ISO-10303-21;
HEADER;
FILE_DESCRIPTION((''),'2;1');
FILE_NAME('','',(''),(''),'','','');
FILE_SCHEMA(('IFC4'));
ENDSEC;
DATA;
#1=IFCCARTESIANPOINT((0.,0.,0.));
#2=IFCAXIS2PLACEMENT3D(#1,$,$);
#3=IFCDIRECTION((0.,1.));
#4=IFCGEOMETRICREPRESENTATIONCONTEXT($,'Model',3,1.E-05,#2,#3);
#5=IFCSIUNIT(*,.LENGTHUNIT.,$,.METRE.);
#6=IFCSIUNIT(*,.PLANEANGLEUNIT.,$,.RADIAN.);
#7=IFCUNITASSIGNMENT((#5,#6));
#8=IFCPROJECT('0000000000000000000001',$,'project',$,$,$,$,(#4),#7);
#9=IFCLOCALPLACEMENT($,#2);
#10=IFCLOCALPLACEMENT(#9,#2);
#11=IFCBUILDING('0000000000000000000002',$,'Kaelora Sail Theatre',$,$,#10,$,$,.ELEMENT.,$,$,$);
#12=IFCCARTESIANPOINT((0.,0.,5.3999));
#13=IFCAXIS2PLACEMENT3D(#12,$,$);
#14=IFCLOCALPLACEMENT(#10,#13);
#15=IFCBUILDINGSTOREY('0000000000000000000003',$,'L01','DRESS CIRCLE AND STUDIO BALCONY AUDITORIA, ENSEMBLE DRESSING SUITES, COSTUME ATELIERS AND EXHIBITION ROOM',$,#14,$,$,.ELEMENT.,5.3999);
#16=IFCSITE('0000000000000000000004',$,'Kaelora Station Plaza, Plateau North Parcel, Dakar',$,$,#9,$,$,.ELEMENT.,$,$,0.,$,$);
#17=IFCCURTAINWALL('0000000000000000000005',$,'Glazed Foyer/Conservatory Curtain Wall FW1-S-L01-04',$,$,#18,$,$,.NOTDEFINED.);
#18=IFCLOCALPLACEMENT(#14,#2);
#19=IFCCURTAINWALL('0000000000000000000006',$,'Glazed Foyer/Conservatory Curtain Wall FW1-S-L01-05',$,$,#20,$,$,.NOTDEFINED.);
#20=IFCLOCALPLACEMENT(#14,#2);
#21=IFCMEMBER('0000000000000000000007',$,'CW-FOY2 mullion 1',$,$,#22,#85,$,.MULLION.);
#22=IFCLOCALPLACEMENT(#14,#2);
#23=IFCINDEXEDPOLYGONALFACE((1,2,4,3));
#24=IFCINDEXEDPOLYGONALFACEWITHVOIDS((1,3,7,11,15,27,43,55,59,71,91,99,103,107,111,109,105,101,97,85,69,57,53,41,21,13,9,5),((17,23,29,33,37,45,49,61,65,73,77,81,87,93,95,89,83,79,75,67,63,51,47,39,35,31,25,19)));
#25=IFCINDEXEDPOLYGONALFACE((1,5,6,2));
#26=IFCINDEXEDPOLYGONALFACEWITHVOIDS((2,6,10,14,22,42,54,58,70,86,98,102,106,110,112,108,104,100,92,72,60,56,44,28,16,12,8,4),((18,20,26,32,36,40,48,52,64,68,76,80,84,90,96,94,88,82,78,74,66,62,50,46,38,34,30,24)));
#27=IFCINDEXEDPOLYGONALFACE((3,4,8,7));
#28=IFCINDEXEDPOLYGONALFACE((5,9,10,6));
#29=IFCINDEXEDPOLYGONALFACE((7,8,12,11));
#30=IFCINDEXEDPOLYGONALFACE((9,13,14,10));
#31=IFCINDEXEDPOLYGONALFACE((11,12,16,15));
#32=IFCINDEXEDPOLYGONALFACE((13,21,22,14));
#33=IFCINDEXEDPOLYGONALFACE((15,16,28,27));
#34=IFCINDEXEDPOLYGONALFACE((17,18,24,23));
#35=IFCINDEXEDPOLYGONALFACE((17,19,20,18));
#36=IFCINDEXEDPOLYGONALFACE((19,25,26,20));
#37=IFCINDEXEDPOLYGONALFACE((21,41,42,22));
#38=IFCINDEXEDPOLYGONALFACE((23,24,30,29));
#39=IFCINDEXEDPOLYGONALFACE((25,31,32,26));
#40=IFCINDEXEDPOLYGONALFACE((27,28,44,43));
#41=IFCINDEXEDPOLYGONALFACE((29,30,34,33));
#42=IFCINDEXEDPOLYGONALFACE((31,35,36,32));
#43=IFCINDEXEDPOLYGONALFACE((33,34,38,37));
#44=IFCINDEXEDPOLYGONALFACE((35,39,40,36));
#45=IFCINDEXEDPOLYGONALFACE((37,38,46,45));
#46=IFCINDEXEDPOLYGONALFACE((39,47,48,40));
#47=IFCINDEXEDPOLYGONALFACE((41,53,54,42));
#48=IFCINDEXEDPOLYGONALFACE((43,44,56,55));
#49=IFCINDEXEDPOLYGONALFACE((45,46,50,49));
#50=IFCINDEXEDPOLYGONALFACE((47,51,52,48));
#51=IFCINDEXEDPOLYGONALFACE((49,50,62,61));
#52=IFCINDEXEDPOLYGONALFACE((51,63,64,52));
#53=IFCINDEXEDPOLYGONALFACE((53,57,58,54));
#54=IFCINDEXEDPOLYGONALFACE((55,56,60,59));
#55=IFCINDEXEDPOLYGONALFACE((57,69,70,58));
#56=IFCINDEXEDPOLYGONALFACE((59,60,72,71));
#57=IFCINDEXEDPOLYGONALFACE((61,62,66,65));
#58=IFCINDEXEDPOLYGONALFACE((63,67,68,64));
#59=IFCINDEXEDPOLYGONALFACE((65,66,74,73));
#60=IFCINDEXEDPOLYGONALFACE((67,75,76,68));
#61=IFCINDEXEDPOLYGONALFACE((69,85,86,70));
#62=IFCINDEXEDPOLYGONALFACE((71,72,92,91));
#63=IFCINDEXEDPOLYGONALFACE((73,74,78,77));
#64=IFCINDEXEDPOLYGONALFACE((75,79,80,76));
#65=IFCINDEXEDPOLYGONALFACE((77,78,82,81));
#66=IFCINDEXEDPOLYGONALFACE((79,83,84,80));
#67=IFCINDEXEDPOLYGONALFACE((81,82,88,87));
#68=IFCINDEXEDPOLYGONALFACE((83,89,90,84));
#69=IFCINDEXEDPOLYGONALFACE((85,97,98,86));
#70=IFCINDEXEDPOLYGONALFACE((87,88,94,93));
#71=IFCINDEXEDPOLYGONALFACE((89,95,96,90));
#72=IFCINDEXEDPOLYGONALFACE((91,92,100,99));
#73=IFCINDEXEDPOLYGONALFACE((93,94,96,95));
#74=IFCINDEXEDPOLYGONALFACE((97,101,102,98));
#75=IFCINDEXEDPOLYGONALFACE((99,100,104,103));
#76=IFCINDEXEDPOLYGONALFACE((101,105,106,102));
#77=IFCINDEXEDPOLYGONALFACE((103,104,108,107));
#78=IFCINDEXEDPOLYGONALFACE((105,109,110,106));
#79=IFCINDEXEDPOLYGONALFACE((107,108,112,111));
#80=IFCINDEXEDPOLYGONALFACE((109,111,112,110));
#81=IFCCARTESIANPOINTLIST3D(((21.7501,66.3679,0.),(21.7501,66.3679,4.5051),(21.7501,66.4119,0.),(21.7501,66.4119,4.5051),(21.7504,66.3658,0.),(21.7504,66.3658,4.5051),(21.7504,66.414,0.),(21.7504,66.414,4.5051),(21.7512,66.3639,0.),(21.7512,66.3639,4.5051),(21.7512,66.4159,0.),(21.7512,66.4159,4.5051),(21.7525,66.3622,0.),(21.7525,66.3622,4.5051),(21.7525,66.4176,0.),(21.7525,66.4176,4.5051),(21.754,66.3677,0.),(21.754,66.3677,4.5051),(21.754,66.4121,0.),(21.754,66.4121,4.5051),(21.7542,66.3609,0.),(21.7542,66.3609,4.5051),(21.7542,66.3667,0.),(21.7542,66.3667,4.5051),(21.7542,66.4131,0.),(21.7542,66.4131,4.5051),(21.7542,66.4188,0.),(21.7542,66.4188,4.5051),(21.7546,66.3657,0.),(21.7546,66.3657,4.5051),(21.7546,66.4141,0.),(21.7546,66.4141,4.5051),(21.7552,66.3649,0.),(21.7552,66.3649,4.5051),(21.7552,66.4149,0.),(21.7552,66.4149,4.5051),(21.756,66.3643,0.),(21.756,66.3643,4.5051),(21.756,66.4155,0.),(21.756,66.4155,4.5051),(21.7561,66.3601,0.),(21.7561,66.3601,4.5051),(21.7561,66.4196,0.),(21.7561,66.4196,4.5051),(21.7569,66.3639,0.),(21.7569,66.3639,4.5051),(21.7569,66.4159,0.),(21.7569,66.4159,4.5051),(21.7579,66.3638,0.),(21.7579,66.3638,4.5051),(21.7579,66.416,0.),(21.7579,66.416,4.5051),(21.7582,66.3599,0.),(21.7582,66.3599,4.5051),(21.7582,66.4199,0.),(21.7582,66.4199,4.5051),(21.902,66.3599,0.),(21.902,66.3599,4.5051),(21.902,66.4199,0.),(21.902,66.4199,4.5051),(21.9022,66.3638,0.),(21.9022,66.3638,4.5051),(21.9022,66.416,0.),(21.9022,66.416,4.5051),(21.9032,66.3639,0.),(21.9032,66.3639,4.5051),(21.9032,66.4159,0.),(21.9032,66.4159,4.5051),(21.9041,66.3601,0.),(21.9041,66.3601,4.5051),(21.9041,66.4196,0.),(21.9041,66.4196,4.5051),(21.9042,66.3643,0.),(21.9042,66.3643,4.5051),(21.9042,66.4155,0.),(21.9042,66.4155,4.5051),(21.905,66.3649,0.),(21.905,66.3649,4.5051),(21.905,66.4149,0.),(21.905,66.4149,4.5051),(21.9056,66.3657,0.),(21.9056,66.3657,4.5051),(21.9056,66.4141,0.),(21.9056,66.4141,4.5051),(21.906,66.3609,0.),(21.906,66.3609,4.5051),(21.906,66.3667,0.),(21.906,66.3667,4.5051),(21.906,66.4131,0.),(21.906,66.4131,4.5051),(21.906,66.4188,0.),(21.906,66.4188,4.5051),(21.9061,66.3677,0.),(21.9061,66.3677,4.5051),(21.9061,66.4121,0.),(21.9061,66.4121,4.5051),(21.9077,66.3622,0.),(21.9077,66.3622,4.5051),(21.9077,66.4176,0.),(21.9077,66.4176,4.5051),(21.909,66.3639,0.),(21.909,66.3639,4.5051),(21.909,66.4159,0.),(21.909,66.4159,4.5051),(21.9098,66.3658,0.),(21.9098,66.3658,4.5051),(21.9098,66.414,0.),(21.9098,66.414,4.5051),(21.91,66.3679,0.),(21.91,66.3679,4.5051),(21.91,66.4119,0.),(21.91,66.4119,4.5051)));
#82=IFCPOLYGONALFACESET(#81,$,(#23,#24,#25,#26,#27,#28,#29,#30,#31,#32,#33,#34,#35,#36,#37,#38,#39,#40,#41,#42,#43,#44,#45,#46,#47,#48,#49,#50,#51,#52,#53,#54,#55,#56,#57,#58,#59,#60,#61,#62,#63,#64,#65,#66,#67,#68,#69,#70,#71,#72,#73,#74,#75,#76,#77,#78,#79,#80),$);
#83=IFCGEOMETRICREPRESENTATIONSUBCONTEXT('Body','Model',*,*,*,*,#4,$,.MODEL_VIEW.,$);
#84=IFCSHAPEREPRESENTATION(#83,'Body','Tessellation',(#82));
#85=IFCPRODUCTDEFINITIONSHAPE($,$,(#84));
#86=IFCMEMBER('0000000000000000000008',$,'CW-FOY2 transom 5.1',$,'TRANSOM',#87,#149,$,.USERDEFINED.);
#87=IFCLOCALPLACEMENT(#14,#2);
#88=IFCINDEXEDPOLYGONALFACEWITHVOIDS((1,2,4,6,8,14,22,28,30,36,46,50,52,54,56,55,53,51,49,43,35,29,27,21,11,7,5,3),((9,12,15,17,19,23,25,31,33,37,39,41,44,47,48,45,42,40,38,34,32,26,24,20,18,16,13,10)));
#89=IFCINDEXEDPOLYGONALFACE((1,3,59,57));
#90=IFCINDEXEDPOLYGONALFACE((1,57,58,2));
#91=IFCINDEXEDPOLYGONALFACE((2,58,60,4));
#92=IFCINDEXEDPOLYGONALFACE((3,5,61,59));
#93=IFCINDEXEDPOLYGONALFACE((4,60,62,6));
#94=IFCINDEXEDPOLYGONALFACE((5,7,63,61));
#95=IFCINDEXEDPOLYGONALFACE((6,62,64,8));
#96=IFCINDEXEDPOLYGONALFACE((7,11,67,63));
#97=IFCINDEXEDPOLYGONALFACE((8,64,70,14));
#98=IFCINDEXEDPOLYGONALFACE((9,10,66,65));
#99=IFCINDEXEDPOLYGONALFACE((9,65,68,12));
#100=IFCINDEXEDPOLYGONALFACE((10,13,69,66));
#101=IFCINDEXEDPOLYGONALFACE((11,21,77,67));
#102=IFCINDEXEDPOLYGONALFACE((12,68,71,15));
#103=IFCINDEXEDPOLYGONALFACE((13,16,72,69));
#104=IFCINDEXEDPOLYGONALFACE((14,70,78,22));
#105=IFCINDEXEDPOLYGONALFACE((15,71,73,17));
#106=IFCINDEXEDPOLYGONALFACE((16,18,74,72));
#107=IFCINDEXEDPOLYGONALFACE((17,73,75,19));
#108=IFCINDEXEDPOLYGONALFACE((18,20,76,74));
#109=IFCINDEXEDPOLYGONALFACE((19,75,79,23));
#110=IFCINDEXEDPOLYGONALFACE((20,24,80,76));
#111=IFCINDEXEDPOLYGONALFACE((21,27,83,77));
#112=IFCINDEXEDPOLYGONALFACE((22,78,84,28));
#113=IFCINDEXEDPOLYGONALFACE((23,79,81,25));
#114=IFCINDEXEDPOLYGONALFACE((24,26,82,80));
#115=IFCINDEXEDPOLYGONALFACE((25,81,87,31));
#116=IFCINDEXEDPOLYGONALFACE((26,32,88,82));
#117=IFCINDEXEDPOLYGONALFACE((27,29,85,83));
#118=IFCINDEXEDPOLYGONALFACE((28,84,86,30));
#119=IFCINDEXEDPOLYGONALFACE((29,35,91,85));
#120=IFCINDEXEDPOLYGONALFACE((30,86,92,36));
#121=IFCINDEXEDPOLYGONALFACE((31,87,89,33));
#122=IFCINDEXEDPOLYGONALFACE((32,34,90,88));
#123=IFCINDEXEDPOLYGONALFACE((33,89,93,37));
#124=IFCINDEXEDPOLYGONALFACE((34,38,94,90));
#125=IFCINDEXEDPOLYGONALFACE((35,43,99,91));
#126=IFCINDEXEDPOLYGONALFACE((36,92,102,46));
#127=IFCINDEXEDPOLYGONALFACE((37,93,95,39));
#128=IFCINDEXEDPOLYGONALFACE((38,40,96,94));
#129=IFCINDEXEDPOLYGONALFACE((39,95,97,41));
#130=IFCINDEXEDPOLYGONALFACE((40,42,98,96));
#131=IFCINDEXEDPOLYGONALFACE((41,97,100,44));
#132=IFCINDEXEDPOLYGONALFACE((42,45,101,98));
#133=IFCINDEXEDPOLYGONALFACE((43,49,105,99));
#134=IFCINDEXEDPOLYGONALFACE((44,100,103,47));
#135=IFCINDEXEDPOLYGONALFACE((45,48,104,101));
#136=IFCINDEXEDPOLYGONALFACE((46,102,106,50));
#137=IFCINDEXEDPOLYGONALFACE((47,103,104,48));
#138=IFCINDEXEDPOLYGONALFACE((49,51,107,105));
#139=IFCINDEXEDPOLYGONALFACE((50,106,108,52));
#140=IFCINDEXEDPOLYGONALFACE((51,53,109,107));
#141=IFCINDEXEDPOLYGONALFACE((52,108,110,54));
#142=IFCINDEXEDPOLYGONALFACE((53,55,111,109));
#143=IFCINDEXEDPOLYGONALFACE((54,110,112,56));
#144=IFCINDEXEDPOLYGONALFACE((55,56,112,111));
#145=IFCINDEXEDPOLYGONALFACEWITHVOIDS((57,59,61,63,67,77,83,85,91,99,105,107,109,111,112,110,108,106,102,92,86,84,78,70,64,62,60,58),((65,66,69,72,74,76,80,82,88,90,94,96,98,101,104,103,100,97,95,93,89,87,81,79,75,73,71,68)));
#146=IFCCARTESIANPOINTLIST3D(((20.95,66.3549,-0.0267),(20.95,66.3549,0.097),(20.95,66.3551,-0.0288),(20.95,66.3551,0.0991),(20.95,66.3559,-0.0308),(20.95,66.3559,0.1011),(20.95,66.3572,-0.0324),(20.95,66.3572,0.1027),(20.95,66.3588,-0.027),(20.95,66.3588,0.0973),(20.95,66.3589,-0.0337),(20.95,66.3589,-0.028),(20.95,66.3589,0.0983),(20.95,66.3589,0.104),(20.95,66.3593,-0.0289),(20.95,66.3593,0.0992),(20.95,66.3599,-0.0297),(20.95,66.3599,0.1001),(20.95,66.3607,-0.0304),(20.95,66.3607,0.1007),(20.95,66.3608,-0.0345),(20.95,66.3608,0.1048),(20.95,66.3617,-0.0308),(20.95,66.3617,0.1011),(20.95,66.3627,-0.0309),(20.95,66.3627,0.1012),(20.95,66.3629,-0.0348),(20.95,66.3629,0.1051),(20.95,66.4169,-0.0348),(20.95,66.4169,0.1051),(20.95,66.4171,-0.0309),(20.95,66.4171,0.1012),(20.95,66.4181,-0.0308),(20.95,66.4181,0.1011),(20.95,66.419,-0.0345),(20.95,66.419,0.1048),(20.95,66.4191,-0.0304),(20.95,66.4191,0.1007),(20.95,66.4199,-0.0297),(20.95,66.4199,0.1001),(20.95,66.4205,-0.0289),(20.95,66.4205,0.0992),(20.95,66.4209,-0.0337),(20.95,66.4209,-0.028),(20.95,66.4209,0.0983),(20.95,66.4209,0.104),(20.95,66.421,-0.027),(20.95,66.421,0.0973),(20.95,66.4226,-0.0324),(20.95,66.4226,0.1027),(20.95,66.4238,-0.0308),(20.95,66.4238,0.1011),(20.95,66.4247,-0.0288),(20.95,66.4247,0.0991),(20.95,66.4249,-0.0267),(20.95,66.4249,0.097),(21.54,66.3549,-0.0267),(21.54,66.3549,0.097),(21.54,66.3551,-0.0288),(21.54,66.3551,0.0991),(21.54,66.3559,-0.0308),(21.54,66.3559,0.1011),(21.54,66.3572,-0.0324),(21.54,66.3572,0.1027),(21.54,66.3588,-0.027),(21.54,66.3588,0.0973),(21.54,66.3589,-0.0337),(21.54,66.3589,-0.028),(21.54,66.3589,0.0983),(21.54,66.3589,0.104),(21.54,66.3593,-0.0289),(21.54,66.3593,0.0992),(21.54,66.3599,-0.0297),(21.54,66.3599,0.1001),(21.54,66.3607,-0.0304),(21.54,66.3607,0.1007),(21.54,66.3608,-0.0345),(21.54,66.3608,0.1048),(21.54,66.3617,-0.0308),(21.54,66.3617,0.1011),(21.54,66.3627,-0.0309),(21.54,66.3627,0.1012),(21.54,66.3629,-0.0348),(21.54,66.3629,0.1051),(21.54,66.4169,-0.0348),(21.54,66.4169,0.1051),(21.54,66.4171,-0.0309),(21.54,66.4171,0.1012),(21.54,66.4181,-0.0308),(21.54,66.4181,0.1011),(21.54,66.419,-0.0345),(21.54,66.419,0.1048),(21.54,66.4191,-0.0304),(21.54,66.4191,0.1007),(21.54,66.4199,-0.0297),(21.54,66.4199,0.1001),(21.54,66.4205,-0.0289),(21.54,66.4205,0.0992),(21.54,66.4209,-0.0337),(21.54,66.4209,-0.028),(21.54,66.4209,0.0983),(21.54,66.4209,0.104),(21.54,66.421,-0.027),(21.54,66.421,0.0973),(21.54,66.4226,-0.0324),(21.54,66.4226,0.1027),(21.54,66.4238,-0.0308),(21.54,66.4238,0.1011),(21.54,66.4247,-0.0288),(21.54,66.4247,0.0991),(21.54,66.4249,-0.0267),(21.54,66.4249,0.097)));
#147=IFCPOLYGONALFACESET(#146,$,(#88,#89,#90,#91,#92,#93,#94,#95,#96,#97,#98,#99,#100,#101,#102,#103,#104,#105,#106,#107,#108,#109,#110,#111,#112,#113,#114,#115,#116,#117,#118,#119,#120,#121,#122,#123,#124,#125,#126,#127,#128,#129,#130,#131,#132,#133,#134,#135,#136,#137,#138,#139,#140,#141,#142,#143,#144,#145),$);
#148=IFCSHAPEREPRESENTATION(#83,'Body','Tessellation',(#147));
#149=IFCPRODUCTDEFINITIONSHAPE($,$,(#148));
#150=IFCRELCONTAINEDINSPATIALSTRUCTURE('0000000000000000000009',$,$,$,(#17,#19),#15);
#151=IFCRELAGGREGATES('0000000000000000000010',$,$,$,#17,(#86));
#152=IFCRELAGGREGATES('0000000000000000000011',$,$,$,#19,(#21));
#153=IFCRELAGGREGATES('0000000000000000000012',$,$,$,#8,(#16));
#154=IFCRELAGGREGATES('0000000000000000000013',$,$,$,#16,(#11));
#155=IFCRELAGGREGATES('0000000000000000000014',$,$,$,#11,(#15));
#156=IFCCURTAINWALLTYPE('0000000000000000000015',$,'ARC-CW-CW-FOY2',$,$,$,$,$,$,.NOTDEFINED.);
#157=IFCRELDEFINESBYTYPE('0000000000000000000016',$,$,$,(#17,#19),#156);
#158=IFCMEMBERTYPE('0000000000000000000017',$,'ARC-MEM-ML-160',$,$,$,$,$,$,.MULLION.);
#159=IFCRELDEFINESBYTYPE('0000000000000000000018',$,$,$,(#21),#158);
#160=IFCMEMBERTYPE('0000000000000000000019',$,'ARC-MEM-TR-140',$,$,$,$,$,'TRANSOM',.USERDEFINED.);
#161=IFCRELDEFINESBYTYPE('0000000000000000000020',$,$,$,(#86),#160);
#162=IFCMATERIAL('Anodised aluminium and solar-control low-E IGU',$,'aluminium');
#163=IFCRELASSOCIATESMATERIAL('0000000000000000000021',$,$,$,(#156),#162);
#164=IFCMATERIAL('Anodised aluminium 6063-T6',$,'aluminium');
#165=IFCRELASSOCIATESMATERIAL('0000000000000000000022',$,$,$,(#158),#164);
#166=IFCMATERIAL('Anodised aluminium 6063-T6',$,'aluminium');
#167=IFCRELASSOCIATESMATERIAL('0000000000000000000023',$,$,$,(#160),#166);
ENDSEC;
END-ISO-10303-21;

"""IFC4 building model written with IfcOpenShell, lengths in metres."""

from ifc_helpers import new_model, si_unit, direction, frame, origin, origin_2d, place, context, subcontext, project, spatial, hollow_rectangle, extrude, material, material_profile, profile_set, type_object, element, aggregate, save


model = new_model("IFC4")

# Units and contexts
model_context = context("Model", 3, precision=1e-05, world=origin(), true_north=direction((0.0, 1.0)))
body_context = subcontext(model_context, "Body", "Model", "MODEL_VIEW")
ifc_project = project(units=[si_unit("LENGTHUNIT", "METRE"), si_unit("PLANEANGLEUNIT", "RADIAN")], contexts=[model_context])

# Site, building, storey
site_placement = place(None, origin())
site = spatial("IfcSite", under=ifc_project, at=site_placement, Name="Kaelora Station Plaza, Plateau North Parcel, Dakar", CompositionType="ELEMENT", RefElevation=0.0)
building_placement = place(site_placement, origin())
building = spatial("IfcBuilding", under=site, at=building_placement, Name="Kaelora Sail Theatre", CompositionType="ELEMENT")
storey_placement = place(building_placement, frame((0.0, 0.0, 5.3999)))
storey = spatial("IfcBuildingStorey", under=building, at=storey_placement, Name="L01", Description="DRESS CIRCLE AND STUDIO BALCONY AUDITORIA, ENSEMBLE DRESSING SUITES, COSTUME ATELIERS AND EXHIBITION ROOM", CompositionType="ELEMENT", Elevation=5.3999)

# Curtain wall
ifc_material_1 = material(Name="Anodised aluminium and solar-control low-E IGU", Category="aluminium")
curtain_wall_type = type_object("IfcCurtainWallType", Name="ARC-CW-CW-FOY2", PredefinedType="NOTDEFINED", material=ifc_material_1)
curtain_wall_1_placement = place(storey_placement, origin())
curtain_wall_1 = element("IfcCurtainWall", 1, at=curtain_wall_1_placement, inside=storey, type_object=curtain_wall_type, Name="Glazed Foyer/Conservatory Curtain Wall FW1-S-L01-04", PredefinedType="NOTDEFINED")
ifc_material_2 = material(Name="Anodised aluminium 6063-T6", Category="aluminium")
ifc_material_profile_1 = material_profile(ifc_material_2, hollow_rectangle(XDim=0.0601, YDim=0.1599, WallThickness=0.0039, InnerFilletRadius=0.0039, OuterFilletRadius=0.0081, at=origin_2d()), Name="ALU-MULL 60x160x4")
ifc_profile_set_1 = profile_set([ifc_material_profile_1], Name="Anodised aluminium 6063-T6")
member_type_1 = type_object("IfcMemberType", Name="ARC-MEM-ML-160", PredefinedType="MULLION", material=ifc_profile_set_1)

# Curtain wall, member
curtain_wall_2_placement = place(storey_placement, origin())
curtain_wall_2 = element("IfcCurtainWall", 2, at=curtain_wall_2_placement, inside=storey, type_object=curtain_wall_type, Name="Glazed Foyer/Conservatory Curtain Wall FW1-S-L01-05", PredefinedType="NOTDEFINED")
member_1_placement = place(storey_placement, frame((21.8301, 66.3899, 0.0), z_axis=(0.0, 0.0, 1.0), x_axis=(0.0, 1.0, 0.0)))
member_1 = element("IfcMember", 3, at=member_1_placement, type_object=member_type_1, Name="CW-FOY2 mullion 1", PredefinedType="MULLION", context=body_context, shape_type="SweptSolid", body=[
    extrude(hollow_rectangle(XDim=0.0601, YDim=0.1599, WallThickness=0.0039, InnerFilletRadius=0.0039, OuterFilletRadius=0.0081, at=origin_2d()), origin(), (0.0, 0.0, 1.0), 4.5051),
])

# Member
ifc_material_3 = material(Name="Anodised aluminium 6063-T6", Category="aluminium")
ifc_material_profile_2 = material_profile(ifc_material_3, hollow_rectangle(XDim=0.0701, YDim=0.1399, WallThickness=0.0039, InnerFilletRadius=0.0039, OuterFilletRadius=0.0081, at=origin_2d()), Name="ALU-TRAN 70x140x4")
ifc_profile_set_2 = profile_set([ifc_material_profile_2], Name="Anodised aluminium 6063-T6")
member_type_2 = type_object("IfcMemberType", Name="ARC-MEM-TR-140", ElementType="TRANSOM", PredefinedType="USERDEFINED", material=ifc_profile_set_2)
member_2_placement = place(storey_placement, frame((20.95, 66.3899, 0.0352), z_axis=(1.0, 0.0, 0.0), x_axis=(0.0, 1.0, 0.0)))
member_2 = element("IfcMember", 4, at=member_2_placement, type_object=member_type_2, Name="CW-FOY2 transom 5.1", ObjectType="TRANSOM", PredefinedType="USERDEFINED", context=body_context, shape_type="SweptSolid", body=[
    extrude(hollow_rectangle(XDim=0.0701, YDim=0.1399, WallThickness=0.0039, InnerFilletRadius=0.0039, OuterFilletRadius=0.0081, at=origin_2d()), origin(), (0.0, 0.0, 1.0), 0.5901),
])

aggregate(curtain_wall_1, [member_2])
aggregate(curtain_wall_2, [member_1])

save(model, "model.ifc")
